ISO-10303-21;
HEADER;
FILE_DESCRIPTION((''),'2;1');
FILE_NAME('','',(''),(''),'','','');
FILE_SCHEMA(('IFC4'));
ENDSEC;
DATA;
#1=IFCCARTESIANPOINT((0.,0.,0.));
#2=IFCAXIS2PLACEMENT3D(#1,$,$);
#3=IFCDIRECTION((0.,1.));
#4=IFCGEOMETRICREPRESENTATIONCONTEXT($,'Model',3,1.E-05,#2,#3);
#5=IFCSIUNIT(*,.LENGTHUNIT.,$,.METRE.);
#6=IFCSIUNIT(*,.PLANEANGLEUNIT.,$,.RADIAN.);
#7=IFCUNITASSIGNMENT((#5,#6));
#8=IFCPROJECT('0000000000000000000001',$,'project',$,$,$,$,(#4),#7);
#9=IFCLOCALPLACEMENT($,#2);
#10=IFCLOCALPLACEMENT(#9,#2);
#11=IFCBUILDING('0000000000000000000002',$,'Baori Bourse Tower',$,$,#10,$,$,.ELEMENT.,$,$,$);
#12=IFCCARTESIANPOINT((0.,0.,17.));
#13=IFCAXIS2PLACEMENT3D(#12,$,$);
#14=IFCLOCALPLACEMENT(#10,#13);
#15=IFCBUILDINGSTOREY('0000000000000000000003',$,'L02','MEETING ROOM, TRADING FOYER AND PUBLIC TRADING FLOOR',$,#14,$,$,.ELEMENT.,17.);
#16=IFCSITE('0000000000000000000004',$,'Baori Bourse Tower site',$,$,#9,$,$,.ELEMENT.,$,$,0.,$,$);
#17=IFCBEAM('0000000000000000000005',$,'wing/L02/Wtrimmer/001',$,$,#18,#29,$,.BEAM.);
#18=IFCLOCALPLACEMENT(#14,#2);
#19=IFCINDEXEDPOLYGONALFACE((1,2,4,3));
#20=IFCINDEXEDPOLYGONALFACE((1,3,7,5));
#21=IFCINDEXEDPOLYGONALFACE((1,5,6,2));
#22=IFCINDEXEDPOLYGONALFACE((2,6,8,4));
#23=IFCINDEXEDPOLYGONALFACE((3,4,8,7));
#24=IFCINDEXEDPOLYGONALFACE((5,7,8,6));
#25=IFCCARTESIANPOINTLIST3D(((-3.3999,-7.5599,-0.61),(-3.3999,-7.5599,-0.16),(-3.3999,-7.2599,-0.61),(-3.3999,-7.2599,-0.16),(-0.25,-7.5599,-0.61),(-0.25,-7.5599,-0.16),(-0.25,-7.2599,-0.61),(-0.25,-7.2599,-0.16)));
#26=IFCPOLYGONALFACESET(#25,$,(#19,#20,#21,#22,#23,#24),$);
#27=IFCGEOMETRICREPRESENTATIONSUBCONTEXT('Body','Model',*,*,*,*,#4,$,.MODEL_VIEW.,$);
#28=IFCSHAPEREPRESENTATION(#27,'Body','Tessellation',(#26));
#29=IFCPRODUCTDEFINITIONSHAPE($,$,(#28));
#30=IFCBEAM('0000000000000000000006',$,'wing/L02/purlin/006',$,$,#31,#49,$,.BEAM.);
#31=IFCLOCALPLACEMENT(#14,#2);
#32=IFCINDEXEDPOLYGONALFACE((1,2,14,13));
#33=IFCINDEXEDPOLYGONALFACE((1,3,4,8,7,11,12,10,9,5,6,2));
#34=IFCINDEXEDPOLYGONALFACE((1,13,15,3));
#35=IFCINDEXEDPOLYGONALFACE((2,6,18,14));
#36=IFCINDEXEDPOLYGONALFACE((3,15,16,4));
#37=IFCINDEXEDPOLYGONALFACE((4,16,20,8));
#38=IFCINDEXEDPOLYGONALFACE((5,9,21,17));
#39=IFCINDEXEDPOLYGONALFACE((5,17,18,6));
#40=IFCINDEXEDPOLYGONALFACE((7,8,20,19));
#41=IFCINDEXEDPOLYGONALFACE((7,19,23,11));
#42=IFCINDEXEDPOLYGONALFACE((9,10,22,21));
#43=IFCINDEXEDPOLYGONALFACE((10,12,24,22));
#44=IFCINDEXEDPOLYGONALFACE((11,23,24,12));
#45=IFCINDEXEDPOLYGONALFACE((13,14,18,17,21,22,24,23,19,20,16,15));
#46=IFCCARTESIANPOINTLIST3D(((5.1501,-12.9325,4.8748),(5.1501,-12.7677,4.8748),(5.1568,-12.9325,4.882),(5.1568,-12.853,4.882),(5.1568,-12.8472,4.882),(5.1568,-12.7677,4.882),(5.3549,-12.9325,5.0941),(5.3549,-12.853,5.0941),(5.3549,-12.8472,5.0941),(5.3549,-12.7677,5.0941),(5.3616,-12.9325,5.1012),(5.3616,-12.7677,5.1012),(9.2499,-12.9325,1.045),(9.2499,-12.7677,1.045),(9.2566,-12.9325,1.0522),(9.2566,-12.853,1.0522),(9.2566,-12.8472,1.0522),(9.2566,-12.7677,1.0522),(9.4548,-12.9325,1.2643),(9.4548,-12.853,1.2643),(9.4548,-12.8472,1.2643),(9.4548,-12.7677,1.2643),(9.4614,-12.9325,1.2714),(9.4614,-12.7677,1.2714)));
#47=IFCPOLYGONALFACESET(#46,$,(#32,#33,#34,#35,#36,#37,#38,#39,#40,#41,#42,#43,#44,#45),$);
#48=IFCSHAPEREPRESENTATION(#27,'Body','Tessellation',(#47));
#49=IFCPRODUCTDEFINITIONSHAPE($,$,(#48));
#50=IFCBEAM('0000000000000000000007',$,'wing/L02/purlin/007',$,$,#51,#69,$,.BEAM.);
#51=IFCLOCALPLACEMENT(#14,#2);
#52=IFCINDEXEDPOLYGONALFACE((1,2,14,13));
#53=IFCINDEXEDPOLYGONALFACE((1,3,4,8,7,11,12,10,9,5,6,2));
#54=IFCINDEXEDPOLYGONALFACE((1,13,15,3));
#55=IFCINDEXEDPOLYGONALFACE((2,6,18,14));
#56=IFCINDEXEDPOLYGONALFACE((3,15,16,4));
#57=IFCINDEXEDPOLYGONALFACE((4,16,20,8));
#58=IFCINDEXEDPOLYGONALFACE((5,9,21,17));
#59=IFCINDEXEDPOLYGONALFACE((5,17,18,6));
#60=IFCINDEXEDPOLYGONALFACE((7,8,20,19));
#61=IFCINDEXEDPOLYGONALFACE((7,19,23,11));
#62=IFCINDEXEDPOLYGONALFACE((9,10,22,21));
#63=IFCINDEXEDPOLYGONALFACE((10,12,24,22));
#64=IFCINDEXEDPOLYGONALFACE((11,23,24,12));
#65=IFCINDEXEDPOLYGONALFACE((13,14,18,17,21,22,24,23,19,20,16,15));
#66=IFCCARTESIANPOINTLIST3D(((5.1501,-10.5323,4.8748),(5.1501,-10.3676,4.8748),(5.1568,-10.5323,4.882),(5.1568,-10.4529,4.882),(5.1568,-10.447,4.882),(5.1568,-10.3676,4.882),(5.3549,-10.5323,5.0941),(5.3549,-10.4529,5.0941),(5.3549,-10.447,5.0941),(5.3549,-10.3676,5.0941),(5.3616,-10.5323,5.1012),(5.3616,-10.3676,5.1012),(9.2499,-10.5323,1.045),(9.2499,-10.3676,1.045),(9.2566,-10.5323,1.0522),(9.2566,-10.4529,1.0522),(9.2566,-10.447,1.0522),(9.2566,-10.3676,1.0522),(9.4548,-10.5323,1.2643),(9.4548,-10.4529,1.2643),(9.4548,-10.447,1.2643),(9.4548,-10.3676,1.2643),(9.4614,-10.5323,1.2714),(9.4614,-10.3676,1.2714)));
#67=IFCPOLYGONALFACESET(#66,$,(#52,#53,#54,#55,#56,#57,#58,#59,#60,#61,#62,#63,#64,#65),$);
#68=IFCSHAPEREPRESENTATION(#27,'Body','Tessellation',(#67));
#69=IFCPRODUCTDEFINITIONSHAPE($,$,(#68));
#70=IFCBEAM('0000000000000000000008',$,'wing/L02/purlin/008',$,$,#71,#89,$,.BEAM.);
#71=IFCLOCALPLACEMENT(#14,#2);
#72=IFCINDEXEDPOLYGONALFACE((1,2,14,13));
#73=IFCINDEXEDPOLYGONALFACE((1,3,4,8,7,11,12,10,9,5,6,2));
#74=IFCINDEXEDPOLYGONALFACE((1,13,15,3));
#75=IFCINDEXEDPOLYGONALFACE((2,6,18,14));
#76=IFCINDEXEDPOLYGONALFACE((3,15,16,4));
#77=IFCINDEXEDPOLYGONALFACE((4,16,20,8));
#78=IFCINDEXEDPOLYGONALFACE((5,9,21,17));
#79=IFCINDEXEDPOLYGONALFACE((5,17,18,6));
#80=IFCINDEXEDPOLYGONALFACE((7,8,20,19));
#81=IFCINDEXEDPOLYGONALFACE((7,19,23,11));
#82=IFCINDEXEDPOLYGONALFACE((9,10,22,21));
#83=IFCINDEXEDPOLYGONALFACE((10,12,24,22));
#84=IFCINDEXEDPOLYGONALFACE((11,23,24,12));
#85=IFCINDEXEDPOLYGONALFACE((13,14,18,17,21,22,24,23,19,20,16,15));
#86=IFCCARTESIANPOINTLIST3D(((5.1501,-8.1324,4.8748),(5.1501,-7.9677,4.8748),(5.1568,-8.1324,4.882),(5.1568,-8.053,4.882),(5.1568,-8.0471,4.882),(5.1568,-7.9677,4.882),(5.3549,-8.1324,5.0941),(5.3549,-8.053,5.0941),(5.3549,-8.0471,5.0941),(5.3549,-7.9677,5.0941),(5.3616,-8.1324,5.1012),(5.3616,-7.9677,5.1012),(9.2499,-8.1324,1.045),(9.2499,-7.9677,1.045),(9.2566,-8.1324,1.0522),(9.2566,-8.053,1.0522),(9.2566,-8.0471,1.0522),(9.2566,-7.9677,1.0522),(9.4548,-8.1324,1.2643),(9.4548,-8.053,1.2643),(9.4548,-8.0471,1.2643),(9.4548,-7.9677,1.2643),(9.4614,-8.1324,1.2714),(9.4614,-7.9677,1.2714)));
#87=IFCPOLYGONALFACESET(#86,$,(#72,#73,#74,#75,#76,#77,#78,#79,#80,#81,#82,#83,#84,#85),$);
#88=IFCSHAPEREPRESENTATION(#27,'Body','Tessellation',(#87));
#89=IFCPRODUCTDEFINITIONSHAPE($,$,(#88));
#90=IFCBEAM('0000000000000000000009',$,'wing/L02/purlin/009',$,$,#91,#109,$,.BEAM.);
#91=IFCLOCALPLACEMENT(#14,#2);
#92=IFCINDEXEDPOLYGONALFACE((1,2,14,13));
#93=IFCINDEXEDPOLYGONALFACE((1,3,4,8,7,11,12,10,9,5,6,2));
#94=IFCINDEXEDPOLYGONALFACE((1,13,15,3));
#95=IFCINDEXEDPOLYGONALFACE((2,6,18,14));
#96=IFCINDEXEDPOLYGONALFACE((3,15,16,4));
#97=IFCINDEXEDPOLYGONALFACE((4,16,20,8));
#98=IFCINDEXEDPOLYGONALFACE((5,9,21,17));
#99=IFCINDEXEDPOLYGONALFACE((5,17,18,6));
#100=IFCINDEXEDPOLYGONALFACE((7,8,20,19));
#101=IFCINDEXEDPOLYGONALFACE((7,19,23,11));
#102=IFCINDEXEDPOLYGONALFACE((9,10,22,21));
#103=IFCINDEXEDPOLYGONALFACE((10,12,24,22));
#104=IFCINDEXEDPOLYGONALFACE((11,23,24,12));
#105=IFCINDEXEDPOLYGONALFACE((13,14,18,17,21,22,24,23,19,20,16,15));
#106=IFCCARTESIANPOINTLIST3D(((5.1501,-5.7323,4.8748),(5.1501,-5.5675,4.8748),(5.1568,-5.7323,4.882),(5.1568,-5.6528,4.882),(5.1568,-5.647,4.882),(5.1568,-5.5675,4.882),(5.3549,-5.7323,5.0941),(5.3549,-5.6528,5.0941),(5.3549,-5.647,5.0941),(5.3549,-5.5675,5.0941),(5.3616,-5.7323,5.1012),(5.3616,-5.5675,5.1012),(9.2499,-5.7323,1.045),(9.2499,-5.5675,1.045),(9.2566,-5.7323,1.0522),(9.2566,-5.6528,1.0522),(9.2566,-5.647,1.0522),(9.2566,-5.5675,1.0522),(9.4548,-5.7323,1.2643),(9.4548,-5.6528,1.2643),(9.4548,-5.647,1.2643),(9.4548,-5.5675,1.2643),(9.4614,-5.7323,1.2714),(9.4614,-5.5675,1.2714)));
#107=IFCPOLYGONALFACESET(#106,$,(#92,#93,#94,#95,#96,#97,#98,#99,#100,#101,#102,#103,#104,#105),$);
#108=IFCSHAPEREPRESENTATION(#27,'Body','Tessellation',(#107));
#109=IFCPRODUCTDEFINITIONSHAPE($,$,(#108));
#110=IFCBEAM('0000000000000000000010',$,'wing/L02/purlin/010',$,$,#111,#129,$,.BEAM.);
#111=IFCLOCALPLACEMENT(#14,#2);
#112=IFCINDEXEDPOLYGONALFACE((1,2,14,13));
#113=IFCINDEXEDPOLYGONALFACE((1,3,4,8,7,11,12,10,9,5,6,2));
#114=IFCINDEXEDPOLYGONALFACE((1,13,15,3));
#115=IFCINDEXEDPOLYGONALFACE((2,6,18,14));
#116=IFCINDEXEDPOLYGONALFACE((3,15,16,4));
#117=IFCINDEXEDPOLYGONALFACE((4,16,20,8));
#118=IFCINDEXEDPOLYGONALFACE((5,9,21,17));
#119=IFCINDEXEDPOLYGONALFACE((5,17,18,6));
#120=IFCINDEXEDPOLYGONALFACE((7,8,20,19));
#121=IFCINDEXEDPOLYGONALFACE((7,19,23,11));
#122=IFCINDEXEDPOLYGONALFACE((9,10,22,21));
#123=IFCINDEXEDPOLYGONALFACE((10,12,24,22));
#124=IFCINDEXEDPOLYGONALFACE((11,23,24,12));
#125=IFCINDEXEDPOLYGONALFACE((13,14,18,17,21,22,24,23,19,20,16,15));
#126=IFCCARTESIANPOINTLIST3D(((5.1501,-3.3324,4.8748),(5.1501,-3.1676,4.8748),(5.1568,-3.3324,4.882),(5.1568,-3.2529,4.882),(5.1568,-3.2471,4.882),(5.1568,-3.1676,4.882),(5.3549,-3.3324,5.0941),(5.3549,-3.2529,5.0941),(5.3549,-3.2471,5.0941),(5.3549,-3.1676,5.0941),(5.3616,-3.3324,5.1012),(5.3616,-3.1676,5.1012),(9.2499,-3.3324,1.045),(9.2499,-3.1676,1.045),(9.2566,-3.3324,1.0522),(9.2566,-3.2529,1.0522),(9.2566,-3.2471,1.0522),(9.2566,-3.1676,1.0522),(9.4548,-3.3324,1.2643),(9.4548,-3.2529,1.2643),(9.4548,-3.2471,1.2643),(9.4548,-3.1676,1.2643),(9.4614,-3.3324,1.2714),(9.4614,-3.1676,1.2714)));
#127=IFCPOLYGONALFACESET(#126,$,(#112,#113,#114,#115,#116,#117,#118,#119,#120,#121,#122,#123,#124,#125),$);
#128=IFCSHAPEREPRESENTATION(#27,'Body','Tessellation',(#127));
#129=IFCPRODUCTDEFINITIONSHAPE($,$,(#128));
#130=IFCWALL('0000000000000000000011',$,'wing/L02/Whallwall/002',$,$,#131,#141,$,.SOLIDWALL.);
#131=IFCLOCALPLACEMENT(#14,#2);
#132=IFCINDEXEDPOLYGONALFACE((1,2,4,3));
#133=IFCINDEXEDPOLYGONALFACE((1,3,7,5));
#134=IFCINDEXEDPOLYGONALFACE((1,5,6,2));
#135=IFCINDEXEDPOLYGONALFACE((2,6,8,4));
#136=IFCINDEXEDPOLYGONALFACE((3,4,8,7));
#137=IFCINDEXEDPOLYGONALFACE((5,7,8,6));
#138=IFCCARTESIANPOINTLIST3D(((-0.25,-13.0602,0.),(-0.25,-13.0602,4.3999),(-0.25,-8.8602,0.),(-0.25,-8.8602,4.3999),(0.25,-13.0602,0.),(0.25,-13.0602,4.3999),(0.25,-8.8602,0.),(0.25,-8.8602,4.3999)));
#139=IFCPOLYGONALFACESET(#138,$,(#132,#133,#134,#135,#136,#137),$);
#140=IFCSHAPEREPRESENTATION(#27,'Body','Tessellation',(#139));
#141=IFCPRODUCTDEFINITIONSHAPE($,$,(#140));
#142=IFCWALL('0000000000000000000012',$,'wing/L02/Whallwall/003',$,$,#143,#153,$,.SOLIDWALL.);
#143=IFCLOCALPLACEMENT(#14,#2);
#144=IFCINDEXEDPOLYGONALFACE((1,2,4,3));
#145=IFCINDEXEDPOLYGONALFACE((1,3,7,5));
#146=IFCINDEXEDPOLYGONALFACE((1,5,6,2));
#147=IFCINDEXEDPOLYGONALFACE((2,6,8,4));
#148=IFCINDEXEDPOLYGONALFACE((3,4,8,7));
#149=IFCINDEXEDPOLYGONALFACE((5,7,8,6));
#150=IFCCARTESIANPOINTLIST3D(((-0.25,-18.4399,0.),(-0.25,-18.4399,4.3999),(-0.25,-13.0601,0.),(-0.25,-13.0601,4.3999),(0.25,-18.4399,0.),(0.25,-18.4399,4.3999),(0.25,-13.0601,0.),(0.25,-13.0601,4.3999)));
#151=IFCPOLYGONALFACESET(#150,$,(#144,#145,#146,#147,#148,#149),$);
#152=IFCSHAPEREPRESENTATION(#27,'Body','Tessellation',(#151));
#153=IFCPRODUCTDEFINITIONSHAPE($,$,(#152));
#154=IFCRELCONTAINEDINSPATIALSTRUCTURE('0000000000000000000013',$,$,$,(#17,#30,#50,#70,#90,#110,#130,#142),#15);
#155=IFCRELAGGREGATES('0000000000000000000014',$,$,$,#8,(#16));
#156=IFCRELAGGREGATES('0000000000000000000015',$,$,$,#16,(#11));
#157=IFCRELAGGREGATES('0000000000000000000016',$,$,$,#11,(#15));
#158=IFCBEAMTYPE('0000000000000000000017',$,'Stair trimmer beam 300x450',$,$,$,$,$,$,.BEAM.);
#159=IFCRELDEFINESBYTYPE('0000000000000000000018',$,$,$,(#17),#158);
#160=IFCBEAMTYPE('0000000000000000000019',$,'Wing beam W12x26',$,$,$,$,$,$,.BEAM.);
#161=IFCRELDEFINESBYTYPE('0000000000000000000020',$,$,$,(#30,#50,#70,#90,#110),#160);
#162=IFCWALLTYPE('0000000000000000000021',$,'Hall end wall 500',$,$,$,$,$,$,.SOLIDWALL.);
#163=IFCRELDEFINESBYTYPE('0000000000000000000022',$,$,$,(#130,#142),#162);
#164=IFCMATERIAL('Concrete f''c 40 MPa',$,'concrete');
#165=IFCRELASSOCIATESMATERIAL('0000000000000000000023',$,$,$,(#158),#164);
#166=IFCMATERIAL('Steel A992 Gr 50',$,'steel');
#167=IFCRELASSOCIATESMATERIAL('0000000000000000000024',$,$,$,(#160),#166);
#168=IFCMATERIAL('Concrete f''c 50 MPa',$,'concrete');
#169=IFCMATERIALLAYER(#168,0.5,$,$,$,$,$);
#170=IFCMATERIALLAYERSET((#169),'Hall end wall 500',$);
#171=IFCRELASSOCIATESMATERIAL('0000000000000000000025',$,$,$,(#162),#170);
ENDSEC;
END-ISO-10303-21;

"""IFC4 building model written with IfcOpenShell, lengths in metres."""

from ifc_helpers import new_model, si_unit, direction, frame, frame_2d, origin, origin_2d, place, context, subcontext, project, spatial, rectangle, i_section, extrude, material, layer, layer_set, material_profile, profile_set, type_object, element, save


model = new_model("IFC4")

# Units and contexts
model_context = context("Model", 3, precision=1e-05, world=origin(), true_north=direction((0.0, 1.0)))
body_context = subcontext(model_context, "Body", "Model", "MODEL_VIEW")
ifc_project = project(units=[si_unit("LENGTHUNIT", "METRE"), si_unit("PLANEANGLEUNIT", "RADIAN")], contexts=[model_context])

# Site, building, storey
site_placement = place(None, origin())
site = spatial("IfcSite", under=ifc_project, at=site_placement, Name="Baori Bourse Tower site", CompositionType="ELEMENT", RefElevation=0.0)
building_placement = place(site_placement, origin())
building = spatial("IfcBuilding", under=site, at=building_placement, Name="Baori Bourse Tower", CompositionType="ELEMENT")
storey_placement = place(building_placement, frame((0.0, 0.0, 17.0)))
storey = spatial("IfcBuildingStorey", under=building, at=storey_placement, Name="L02", Description="MEETING ROOM, TRADING FOYER AND PUBLIC TRADING FLOOR", CompositionType="ELEMENT", Elevation=17.0)

# Beams
ifc_material_1 = material(Name="Concrete f'c 40 MPa", Category="concrete")
ifc_material_profile_1 = material_profile(ifc_material_1, rectangle(XDim=0.3, YDim=0.45, at=origin_2d()), Name="Stair trimmer beam 300x450")
ifc_profile_set_1 = profile_set([ifc_material_profile_1], Name="Concrete f'c 40 MPa")
beam_type_1 = type_object("IfcBeamType", Name="Stair trimmer beam 300x450", PredefinedType="BEAM", material=ifc_profile_set_1)
beam_placement = place(storey_placement, frame((-0.25, -7.4099, -0.385), z_axis=(-1.0, 0.0, 0.0), x_axis=(0.0, -1.0, 0.0)))
element("IfcBeam", 1, at=beam_placement, inside=storey, type_object=beam_type_1, Name="wing/L02/Wtrimmer/001", PredefinedType="BEAM", context=body_context, shape_type="SweptSolid", body=[
    extrude(rectangle(XDim=0.3, YDim=0.45, at=origin_2d()), origin(), (0.0, 0.0, 1.0), 3.1499),
])
ifc_material_2 = material(Name="Steel A992 Gr 50", Category="steel")
ifc_material_profile_2 = material_profile(ifc_material_2, i_section(OverallWidth=0.1648, OverallDepth=0.3098, WebThickness=0.0059, FlangeThickness=0.0098, at=origin_2d()), Name="W12x26")
ifc_profile_set_2 = profile_set([ifc_material_profile_2], Name="Steel A992 Gr 50")
beam_type_2 = type_object("IfcBeamType", Name="Wing beam W12x26", PredefinedType="BEAM", material=ifc_profile_set_2)
for number, where, z_axis, x_axis, name in (
    (2, (5.2559, -12.8501, 4.988), (0.730761, 0.0, -0.682633), (0.0, 1.0, 0.0), "wing/L02/purlin/006"),
    (3, (5.2559, -10.45, 4.988), (0.730761, 0.0, -0.682633), (0.0, 1.0, 0.0), "wing/L02/purlin/007"),
    (4, (5.2559, -8.05, 4.988), (0.730761, 0.0, -0.682633), (0.0, 1.0, 0.0), "wing/L02/purlin/008"),
    (5, (5.2559, -5.6499, 4.988), (0.730761, 0.0, -0.682633), (0.0, 1.0, 0.0), "wing/L02/purlin/009"),
    (6, (5.2559, -3.25, 4.988), (0.730761, 0.0, -0.682633), (0.0, 1.0, 0.0), "wing/L02/purlin/010"),
):
    element("IfcBeam", number, at=place(storey_placement, frame(where, z_axis=z_axis, x_axis=x_axis)), inside=storey, type_object=beam_type_2, Name=name, PredefinedType="BEAM", context=body_context, shape_type="SweptSolid", body=[
        extrude(i_section(OverallWidth=0.1648, OverallDepth=0.3098, WebThickness=0.0059, FlangeThickness=0.0098, at=origin_2d()), origin(), (0.0, 0.0, 1.0), 5.6104),
    ])

# Walls
ifc_material_3 = material(Name="Concrete f'c 50 MPa", Category="concrete")
ifc_layer_1 = layer(ifc_material_3, 0.5)
ifc_layer_set_1 = layer_set([ifc_layer_1], Name="Hall end wall 500")
wall_type_1 = type_object("IfcWallType", Name="Hall end wall 500", PredefinedType="SOLIDWALL", material=ifc_layer_set_1)
wall_1_placement = place(storey_placement, frame((0.0, -8.8601, 0.0), z_axis=(0.0, 0.0, 1.0), x_axis=(0.0, -1.0, 0.0)))
element("IfcWall", 7, at=wall_1_placement, inside=storey, type_object=wall_type_1, Name="wing/L02/Whallwall/002", PredefinedType="SOLIDWALL", context=body_context, shape_type="SweptSolid", body=[
    extrude(rectangle(XDim=4.2, YDim=0.5, at=frame_2d((2.1001, 0.0))), origin(), (0.0, 0.0, 1.0), 4.3999),
])
wall_2_placement = place(storey_placement, frame((0.0, -13.0601, 0.0), z_axis=(0.0, 0.0, 1.0), x_axis=(0.0, -1.0, 0.0)))
element("IfcWall", 8, at=wall_2_placement, inside=storey, type_object=wall_type_1, Name="wing/L02/Whallwall/003", PredefinedType="SOLIDWALL", context=body_context, shape_type="SweptSolid", body=[
    extrude(rectangle(XDim=5.3799, YDim=0.5, at=frame_2d((2.6899, 0.0))), origin(), (0.0, 0.0, 1.0), 4.3999),
])

save(model, "model.ifc")
